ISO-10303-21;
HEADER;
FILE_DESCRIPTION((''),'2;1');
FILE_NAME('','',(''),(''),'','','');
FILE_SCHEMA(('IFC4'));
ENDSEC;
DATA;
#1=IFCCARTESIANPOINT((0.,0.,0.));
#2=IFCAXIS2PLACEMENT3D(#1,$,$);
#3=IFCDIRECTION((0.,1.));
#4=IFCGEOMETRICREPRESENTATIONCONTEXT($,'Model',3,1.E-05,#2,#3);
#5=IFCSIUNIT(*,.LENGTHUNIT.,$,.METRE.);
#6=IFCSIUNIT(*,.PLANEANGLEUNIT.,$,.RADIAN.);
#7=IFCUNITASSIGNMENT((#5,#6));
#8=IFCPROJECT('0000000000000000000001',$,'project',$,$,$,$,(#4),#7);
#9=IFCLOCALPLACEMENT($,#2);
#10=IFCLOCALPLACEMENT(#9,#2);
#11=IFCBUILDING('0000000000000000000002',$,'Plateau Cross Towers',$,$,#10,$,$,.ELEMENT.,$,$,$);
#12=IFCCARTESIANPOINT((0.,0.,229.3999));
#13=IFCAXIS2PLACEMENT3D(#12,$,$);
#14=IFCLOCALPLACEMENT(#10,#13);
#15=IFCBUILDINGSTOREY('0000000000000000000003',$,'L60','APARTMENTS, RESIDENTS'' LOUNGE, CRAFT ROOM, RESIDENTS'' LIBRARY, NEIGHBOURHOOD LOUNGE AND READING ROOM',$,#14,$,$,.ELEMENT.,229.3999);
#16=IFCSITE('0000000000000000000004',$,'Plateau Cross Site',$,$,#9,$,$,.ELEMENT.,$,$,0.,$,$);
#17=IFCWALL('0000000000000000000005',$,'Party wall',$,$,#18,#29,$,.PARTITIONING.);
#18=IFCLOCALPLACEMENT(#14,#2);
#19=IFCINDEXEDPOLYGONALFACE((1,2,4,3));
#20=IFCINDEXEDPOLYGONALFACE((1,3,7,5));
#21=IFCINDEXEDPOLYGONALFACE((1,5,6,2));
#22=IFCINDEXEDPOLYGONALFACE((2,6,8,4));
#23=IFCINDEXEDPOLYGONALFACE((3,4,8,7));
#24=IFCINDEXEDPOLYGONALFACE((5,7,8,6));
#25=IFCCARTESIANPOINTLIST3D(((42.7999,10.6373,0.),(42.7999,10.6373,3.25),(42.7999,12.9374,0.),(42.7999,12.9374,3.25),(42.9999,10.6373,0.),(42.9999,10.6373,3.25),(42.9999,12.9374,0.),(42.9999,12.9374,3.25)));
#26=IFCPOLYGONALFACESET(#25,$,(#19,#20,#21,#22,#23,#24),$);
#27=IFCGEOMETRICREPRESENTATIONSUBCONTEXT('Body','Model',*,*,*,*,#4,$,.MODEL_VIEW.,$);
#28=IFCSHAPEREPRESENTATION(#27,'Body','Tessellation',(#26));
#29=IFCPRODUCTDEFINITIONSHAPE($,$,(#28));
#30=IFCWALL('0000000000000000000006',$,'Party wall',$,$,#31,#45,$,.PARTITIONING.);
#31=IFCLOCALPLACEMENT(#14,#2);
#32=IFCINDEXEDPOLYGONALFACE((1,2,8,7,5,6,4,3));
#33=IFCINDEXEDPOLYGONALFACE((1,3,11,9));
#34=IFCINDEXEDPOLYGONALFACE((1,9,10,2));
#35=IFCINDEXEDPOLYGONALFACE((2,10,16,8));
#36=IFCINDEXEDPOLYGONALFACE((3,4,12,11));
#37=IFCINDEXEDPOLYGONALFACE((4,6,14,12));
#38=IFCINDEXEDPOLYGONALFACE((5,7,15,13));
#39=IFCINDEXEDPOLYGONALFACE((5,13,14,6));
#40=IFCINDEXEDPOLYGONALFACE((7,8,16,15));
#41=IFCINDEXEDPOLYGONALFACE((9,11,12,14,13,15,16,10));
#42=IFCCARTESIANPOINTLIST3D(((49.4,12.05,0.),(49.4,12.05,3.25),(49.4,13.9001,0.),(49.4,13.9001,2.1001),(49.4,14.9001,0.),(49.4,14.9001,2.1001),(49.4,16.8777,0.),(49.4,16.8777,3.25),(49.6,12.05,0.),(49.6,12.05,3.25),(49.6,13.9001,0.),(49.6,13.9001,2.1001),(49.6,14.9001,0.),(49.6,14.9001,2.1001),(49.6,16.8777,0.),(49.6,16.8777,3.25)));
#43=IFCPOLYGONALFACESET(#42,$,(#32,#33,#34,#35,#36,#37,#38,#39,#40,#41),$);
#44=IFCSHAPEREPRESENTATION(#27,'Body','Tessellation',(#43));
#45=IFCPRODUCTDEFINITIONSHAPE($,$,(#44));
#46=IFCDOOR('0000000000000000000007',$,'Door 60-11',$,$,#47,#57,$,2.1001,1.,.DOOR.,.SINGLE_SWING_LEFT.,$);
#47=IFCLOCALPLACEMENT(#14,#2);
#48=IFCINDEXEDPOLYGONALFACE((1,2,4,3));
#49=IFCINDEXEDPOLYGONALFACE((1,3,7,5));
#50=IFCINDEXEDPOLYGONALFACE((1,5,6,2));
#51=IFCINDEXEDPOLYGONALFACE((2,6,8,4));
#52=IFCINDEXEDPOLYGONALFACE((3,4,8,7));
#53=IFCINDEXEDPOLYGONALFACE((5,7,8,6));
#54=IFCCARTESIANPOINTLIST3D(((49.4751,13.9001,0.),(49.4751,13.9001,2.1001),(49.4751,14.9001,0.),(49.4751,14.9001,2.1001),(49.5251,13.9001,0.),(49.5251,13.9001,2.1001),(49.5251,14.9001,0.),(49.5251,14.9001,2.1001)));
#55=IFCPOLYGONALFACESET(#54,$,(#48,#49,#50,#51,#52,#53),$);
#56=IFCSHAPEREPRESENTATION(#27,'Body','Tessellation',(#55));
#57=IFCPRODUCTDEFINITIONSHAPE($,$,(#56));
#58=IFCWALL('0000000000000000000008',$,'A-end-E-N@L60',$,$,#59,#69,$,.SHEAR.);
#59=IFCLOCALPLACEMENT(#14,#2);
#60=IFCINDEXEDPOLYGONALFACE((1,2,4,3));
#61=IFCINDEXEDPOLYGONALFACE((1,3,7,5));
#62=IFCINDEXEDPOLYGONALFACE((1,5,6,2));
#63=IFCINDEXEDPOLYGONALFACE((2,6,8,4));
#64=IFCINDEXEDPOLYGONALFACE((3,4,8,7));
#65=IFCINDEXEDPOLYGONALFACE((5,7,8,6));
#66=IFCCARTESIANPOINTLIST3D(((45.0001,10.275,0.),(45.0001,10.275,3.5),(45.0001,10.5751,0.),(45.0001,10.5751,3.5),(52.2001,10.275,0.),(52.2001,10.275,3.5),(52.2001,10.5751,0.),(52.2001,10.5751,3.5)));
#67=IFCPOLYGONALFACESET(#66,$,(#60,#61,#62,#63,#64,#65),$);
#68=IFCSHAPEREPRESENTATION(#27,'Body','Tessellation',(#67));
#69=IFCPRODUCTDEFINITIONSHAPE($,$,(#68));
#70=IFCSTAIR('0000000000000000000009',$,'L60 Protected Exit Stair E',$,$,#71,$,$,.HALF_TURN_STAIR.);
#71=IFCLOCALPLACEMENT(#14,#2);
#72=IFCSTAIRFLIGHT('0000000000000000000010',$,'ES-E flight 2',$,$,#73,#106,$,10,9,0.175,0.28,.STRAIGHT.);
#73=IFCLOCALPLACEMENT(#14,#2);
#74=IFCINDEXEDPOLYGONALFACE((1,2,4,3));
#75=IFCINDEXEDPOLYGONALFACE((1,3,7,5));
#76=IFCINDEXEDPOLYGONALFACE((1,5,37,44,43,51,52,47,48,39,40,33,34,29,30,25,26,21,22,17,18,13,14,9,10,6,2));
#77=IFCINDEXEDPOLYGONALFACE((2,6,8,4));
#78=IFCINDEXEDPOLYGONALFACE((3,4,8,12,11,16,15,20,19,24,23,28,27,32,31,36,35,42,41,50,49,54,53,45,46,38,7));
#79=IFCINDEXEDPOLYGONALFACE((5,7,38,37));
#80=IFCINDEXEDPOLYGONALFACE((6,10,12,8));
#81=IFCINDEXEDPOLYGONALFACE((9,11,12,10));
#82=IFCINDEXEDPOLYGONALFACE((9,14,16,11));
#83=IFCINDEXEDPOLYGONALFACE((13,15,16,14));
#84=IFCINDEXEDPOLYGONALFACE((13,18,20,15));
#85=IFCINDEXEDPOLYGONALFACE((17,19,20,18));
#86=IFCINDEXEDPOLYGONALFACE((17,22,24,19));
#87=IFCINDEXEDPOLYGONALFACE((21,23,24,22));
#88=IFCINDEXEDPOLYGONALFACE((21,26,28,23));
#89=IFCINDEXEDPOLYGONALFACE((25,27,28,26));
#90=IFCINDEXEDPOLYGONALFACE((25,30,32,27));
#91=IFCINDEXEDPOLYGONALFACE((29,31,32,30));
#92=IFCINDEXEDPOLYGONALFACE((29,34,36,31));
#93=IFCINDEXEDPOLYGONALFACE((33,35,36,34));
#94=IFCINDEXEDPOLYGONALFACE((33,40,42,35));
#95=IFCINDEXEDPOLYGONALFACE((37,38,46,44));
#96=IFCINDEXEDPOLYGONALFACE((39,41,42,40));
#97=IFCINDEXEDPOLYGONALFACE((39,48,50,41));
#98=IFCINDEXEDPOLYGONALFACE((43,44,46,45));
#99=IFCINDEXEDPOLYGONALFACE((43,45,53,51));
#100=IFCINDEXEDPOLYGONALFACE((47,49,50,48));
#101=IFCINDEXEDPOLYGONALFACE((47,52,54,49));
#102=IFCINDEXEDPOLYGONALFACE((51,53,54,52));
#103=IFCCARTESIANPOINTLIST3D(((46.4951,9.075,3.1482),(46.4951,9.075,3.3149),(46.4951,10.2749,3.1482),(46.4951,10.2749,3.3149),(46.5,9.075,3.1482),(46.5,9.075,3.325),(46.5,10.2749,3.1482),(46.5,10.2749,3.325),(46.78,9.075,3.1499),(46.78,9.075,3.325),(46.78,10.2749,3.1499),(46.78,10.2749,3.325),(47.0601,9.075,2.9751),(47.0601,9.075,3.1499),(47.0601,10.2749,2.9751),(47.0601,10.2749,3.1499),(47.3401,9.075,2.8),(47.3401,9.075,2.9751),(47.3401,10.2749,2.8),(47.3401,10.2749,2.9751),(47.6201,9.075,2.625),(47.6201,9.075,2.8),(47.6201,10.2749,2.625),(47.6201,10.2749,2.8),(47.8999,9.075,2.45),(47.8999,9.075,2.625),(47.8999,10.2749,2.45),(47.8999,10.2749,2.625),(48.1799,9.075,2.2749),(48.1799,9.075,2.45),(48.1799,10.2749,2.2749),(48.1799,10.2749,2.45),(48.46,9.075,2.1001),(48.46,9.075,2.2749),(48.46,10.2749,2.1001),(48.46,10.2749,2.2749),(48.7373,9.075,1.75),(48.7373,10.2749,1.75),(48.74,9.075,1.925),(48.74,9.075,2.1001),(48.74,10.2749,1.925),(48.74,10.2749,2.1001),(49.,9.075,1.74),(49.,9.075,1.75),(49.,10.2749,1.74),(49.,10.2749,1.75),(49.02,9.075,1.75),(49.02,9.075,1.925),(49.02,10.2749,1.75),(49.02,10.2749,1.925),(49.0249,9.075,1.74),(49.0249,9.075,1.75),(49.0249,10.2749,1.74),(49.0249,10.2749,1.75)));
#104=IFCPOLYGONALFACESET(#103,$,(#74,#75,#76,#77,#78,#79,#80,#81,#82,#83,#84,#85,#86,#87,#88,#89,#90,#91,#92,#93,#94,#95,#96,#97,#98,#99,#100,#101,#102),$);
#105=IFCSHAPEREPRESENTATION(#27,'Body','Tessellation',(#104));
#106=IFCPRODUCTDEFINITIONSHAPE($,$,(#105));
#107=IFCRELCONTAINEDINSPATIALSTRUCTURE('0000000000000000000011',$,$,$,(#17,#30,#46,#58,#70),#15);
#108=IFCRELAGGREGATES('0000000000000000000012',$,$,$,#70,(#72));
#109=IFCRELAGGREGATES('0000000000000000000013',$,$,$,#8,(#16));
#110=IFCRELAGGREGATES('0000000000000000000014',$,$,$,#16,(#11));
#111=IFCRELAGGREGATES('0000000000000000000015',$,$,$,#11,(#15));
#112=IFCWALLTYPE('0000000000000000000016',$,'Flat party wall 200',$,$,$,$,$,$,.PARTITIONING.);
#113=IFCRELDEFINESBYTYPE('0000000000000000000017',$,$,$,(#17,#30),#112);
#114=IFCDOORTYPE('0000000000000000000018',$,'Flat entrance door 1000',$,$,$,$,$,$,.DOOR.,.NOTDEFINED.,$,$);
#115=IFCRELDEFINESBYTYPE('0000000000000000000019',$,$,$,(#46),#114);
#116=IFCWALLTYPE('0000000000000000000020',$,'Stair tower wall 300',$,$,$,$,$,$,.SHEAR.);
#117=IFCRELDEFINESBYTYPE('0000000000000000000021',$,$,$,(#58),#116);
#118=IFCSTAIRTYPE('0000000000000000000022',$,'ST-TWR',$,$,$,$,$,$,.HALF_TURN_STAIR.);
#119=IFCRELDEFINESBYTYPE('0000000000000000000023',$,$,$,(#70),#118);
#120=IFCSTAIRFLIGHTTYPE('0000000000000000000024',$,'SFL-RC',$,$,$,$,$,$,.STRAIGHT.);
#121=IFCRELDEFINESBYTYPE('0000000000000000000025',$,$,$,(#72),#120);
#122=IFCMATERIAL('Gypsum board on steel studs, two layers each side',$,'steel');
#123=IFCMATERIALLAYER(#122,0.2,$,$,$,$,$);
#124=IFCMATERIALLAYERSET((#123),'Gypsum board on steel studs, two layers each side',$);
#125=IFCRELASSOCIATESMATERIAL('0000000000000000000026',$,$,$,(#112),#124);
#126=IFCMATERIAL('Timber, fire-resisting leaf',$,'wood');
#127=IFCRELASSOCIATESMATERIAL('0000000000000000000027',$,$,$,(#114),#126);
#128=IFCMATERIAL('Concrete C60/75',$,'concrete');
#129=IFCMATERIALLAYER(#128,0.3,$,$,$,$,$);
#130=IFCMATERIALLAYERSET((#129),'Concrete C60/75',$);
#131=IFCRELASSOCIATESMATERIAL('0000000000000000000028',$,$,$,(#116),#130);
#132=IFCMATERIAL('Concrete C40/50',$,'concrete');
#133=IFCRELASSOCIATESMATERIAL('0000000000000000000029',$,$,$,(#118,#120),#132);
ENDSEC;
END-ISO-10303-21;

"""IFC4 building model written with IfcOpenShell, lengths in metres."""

from ifc_helpers import new_model, si_unit, direction, frame, frame_2d, origin, place, context, subcontext, project, spatial, polyline, rectangle, outline, extrude, material, layer, layer_set, type_object, element, fill, aggregate, save


model = new_model("IFC4")

# Units and contexts
model_context = context("Model", 3, precision=1e-05, world=origin(), true_north=direction((0.0, 1.0)))
body_context = subcontext(model_context, "Body", "Model", "MODEL_VIEW")
ifc_project = project(units=[si_unit("LENGTHUNIT", "METRE"), si_unit("PLANEANGLEUNIT", "RADIAN")], contexts=[model_context])

# Site, building, storey
site_placement = place(None, origin())
site = spatial("IfcSite", under=ifc_project, at=site_placement, Name="Plateau Cross Site", CompositionType="ELEMENT", RefElevation=0.0)
building_placement = place(site_placement, origin())
building = spatial("IfcBuilding", under=site, at=building_placement, Name="Plateau Cross Towers", CompositionType="ELEMENT")
storey_placement = place(building_placement, frame((0.0, 0.0, 229.3999)))
storey = spatial("IfcBuildingStorey", under=building, at=storey_placement, Name="L60", Description="APARTMENTS, RESIDENTS' LOUNGE, CRAFT ROOM, RESIDENTS' LIBRARY, NEIGHBOURHOOD LOUNGE AND READING ROOM", CompositionType="ELEMENT", Elevation=229.3999)

# Shared definitions
ifc_material_1 = material(Name="Concrete C60/75", Category="concrete")

# Wall
ifc_material_2 = material(Name="Gypsum board on steel studs, two layers each side", Category="steel")
ifc_layer_1 = layer(ifc_material_2, 0.2)
ifc_layer_set_1 = layer_set([ifc_layer_1], Name="Gypsum board on steel studs, two layers each side")
wall_type_1 = type_object("IfcWallType", Name="Flat party wall 200", PredefinedType="PARTITIONING", material=ifc_layer_set_1)
for number, where, z_axis, x_axis, name in (
    (1, (42.8999, 10.6375, 0.0), (0.0, 0.0, 1.0), (0.0, 1.0, 0.0), "Party wall"),
):
    element("IfcWall", number, at=place(storey_placement, frame(where, z_axis=z_axis, x_axis=x_axis)), inside=storey, type_object=wall_type_1, Name=name, PredefinedType="PARTITIONING", context=body_context, shape_type="SweptSolid", body=[
        extrude(rectangle(XDim=2.3, YDim=0.2, at=frame_2d((1.1499, 0.0))), origin(), (0.0, 0.0, 1.0), 3.25),
    ])

# Wall, opening, door
wall_1_placement = place(storey_placement, frame((49.5, 12.05, 0.0), z_axis=(0.0, 0.0, 1.0), x_axis=(0.0, 1.0, 0.0)))
wall_1 = element("IfcWall", 2, at=wall_1_placement, inside=storey, type_object=wall_type_1, Name="Party wall", PredefinedType="PARTITIONING", context=body_context, shape_type="SweptSolid", body=[
    extrude(rectangle(XDim=4.8276, YDim=0.2, at=frame_2d((2.4138, 0.0))), origin(), (0.0, 0.0, 1.0), 3.25),
])
opening_1_placement = place(wall_1_placement, frame((1.8501, 0.0, 0.0)))
opening_1 = element("IfcOpeningElement", 3, at=opening_1_placement, cuts=wall_1, PredefinedType="OPENING", context=body_context, shape_type="SweptSolid", body=[
    extrude(rectangle(XDim=1.0, YDim=2.1001, at=frame_2d((0.5, 1.05))), frame((0.0, 0.1099, 0.0), z_axis=(0.0, -1.0, 0.0), x_axis=(1.0, 0.0, 0.0)), (0.0, 0.0, 1.0), 0.22),
])
ifc_material_3 = material(Name="Timber, fire-resisting leaf", Category="wood")
door_type_1 = type_object("IfcDoorType", Name="Flat entrance door 1000", OperationType="NOTDEFINED", PredefinedType="DOOR", material=ifc_material_3)
door_1_placement = place(opening_1_placement, origin())
door_1 = element("IfcDoor", 4, at=door_1_placement, inside=storey, type_object=door_type_1, Name="Door 60-11", OperationType="SINGLE_SWING_LEFT", OverallHeight=2.1001, OverallWidth=1.0, PredefinedType="DOOR", context=body_context, shape_type="SweptSolid", body=[
    extrude(rectangle(XDim=1.0, YDim=2.1001, at=frame_2d((0.5, 1.05))), frame((0.0, 0.0249, 0.0), z_axis=(0.0, -1.0, 0.0), x_axis=(1.0, 0.0, 0.0)), (0.0, 0.0, 1.0), 0.05),
])
fill(opening_1, door_1)

# Wall
ifc_layer_2 = layer(ifc_material_1, 0.3)
ifc_layer_set_2 = layer_set([ifc_layer_2], Name="Concrete C60/75")
wall_type_2 = type_object("IfcWallType", Name="Stair tower wall 300", PredefinedType="SHEAR", material=ifc_layer_set_2)
wall_2_placement = place(storey_placement, frame((45.0, 10.425, 0.0), z_axis=(0.0, 0.0, 1.0), x_axis=(1.0, 0.0, 0.0)))
element("IfcWall", 5, at=wall_2_placement, inside=storey, type_object=wall_type_2, Name="A-end-E-N@L60", PredefinedType="SHEAR", context=body_context, shape_type="SweptSolid", body=[
    extrude(rectangle(XDim=7.2, YDim=0.3, at=frame_2d((3.6001, 0.0))), origin(), (0.0, 0.0, 1.0), 3.5),
])

# Stair, stair flight
ifc_material_4 = material(Name="Concrete C40/50", Category="concrete")
stair_type = type_object("IfcStairType", Name="ST-TWR", PredefinedType="HALF_TURN_STAIR", material=ifc_material_4)
stair_placement = place(storey_placement, origin())
stair = element("IfcStair", 6, at=stair_placement, inside=storey, type_object=stair_type, Name="L60 Protected Exit Stair E", PredefinedType="HALF_TURN_STAIR")
stair_flight_type = type_object("IfcStairFlightType", Name="SFL-RC", PredefinedType="STRAIGHT", material=ifc_material_4)
stair_flight_placement = place(storey_placement, frame((49.02, 9.675, 1.75), z_axis=(0.0, 0.0, 1.0), x_axis=(-1.0, 0.0, 0.0)))
stair_flight = element("IfcStairFlight", 7, at=stair_flight_placement, type_object=stair_flight_type, Name="ES-E flight 2", NumberOfRisers=10, NumberOfTreads=9, PredefinedType="STRAIGHT", RiserHeight=0.175, TreadLength=0.28, context=body_context, shape_type="SweptSolid", body=[
    extrude(outline(polyline([(-0.0049, -0.01), (-0.0049, 0.0), (0.0, 0.0), (0.0, 0.175), (0.28, 0.175), (0.28, 0.3501), (0.5601, 0.3501), (0.5601, 0.5249), (0.8401, 0.5249), (0.8401, 0.7), (1.1201, 0.7), (1.1201, 0.875), (1.3999, 0.875), (1.3999, 1.05), (1.6799, 1.05), (1.6799, 1.2251), (1.96, 1.2251), (1.96, 1.3999), (2.24, 1.3999), (2.24, 1.575), (2.52, 1.575), (2.5249, 1.5649), (2.5249, 1.3982), (2.52, 1.3982), (0.2827, 0.0), (0.02, 0.0), (0.02, -0.01), (-0.0049, -0.01)])), frame((0.0, 0.6001, 0.0), z_axis=(0.0, -1.0, 0.0), x_axis=(1.0, 0.0, 0.0)), (0.0, 0.0, 1.0), 1.2),
])
aggregate(stair, [stair_flight])

save(model, "model.ifc")
